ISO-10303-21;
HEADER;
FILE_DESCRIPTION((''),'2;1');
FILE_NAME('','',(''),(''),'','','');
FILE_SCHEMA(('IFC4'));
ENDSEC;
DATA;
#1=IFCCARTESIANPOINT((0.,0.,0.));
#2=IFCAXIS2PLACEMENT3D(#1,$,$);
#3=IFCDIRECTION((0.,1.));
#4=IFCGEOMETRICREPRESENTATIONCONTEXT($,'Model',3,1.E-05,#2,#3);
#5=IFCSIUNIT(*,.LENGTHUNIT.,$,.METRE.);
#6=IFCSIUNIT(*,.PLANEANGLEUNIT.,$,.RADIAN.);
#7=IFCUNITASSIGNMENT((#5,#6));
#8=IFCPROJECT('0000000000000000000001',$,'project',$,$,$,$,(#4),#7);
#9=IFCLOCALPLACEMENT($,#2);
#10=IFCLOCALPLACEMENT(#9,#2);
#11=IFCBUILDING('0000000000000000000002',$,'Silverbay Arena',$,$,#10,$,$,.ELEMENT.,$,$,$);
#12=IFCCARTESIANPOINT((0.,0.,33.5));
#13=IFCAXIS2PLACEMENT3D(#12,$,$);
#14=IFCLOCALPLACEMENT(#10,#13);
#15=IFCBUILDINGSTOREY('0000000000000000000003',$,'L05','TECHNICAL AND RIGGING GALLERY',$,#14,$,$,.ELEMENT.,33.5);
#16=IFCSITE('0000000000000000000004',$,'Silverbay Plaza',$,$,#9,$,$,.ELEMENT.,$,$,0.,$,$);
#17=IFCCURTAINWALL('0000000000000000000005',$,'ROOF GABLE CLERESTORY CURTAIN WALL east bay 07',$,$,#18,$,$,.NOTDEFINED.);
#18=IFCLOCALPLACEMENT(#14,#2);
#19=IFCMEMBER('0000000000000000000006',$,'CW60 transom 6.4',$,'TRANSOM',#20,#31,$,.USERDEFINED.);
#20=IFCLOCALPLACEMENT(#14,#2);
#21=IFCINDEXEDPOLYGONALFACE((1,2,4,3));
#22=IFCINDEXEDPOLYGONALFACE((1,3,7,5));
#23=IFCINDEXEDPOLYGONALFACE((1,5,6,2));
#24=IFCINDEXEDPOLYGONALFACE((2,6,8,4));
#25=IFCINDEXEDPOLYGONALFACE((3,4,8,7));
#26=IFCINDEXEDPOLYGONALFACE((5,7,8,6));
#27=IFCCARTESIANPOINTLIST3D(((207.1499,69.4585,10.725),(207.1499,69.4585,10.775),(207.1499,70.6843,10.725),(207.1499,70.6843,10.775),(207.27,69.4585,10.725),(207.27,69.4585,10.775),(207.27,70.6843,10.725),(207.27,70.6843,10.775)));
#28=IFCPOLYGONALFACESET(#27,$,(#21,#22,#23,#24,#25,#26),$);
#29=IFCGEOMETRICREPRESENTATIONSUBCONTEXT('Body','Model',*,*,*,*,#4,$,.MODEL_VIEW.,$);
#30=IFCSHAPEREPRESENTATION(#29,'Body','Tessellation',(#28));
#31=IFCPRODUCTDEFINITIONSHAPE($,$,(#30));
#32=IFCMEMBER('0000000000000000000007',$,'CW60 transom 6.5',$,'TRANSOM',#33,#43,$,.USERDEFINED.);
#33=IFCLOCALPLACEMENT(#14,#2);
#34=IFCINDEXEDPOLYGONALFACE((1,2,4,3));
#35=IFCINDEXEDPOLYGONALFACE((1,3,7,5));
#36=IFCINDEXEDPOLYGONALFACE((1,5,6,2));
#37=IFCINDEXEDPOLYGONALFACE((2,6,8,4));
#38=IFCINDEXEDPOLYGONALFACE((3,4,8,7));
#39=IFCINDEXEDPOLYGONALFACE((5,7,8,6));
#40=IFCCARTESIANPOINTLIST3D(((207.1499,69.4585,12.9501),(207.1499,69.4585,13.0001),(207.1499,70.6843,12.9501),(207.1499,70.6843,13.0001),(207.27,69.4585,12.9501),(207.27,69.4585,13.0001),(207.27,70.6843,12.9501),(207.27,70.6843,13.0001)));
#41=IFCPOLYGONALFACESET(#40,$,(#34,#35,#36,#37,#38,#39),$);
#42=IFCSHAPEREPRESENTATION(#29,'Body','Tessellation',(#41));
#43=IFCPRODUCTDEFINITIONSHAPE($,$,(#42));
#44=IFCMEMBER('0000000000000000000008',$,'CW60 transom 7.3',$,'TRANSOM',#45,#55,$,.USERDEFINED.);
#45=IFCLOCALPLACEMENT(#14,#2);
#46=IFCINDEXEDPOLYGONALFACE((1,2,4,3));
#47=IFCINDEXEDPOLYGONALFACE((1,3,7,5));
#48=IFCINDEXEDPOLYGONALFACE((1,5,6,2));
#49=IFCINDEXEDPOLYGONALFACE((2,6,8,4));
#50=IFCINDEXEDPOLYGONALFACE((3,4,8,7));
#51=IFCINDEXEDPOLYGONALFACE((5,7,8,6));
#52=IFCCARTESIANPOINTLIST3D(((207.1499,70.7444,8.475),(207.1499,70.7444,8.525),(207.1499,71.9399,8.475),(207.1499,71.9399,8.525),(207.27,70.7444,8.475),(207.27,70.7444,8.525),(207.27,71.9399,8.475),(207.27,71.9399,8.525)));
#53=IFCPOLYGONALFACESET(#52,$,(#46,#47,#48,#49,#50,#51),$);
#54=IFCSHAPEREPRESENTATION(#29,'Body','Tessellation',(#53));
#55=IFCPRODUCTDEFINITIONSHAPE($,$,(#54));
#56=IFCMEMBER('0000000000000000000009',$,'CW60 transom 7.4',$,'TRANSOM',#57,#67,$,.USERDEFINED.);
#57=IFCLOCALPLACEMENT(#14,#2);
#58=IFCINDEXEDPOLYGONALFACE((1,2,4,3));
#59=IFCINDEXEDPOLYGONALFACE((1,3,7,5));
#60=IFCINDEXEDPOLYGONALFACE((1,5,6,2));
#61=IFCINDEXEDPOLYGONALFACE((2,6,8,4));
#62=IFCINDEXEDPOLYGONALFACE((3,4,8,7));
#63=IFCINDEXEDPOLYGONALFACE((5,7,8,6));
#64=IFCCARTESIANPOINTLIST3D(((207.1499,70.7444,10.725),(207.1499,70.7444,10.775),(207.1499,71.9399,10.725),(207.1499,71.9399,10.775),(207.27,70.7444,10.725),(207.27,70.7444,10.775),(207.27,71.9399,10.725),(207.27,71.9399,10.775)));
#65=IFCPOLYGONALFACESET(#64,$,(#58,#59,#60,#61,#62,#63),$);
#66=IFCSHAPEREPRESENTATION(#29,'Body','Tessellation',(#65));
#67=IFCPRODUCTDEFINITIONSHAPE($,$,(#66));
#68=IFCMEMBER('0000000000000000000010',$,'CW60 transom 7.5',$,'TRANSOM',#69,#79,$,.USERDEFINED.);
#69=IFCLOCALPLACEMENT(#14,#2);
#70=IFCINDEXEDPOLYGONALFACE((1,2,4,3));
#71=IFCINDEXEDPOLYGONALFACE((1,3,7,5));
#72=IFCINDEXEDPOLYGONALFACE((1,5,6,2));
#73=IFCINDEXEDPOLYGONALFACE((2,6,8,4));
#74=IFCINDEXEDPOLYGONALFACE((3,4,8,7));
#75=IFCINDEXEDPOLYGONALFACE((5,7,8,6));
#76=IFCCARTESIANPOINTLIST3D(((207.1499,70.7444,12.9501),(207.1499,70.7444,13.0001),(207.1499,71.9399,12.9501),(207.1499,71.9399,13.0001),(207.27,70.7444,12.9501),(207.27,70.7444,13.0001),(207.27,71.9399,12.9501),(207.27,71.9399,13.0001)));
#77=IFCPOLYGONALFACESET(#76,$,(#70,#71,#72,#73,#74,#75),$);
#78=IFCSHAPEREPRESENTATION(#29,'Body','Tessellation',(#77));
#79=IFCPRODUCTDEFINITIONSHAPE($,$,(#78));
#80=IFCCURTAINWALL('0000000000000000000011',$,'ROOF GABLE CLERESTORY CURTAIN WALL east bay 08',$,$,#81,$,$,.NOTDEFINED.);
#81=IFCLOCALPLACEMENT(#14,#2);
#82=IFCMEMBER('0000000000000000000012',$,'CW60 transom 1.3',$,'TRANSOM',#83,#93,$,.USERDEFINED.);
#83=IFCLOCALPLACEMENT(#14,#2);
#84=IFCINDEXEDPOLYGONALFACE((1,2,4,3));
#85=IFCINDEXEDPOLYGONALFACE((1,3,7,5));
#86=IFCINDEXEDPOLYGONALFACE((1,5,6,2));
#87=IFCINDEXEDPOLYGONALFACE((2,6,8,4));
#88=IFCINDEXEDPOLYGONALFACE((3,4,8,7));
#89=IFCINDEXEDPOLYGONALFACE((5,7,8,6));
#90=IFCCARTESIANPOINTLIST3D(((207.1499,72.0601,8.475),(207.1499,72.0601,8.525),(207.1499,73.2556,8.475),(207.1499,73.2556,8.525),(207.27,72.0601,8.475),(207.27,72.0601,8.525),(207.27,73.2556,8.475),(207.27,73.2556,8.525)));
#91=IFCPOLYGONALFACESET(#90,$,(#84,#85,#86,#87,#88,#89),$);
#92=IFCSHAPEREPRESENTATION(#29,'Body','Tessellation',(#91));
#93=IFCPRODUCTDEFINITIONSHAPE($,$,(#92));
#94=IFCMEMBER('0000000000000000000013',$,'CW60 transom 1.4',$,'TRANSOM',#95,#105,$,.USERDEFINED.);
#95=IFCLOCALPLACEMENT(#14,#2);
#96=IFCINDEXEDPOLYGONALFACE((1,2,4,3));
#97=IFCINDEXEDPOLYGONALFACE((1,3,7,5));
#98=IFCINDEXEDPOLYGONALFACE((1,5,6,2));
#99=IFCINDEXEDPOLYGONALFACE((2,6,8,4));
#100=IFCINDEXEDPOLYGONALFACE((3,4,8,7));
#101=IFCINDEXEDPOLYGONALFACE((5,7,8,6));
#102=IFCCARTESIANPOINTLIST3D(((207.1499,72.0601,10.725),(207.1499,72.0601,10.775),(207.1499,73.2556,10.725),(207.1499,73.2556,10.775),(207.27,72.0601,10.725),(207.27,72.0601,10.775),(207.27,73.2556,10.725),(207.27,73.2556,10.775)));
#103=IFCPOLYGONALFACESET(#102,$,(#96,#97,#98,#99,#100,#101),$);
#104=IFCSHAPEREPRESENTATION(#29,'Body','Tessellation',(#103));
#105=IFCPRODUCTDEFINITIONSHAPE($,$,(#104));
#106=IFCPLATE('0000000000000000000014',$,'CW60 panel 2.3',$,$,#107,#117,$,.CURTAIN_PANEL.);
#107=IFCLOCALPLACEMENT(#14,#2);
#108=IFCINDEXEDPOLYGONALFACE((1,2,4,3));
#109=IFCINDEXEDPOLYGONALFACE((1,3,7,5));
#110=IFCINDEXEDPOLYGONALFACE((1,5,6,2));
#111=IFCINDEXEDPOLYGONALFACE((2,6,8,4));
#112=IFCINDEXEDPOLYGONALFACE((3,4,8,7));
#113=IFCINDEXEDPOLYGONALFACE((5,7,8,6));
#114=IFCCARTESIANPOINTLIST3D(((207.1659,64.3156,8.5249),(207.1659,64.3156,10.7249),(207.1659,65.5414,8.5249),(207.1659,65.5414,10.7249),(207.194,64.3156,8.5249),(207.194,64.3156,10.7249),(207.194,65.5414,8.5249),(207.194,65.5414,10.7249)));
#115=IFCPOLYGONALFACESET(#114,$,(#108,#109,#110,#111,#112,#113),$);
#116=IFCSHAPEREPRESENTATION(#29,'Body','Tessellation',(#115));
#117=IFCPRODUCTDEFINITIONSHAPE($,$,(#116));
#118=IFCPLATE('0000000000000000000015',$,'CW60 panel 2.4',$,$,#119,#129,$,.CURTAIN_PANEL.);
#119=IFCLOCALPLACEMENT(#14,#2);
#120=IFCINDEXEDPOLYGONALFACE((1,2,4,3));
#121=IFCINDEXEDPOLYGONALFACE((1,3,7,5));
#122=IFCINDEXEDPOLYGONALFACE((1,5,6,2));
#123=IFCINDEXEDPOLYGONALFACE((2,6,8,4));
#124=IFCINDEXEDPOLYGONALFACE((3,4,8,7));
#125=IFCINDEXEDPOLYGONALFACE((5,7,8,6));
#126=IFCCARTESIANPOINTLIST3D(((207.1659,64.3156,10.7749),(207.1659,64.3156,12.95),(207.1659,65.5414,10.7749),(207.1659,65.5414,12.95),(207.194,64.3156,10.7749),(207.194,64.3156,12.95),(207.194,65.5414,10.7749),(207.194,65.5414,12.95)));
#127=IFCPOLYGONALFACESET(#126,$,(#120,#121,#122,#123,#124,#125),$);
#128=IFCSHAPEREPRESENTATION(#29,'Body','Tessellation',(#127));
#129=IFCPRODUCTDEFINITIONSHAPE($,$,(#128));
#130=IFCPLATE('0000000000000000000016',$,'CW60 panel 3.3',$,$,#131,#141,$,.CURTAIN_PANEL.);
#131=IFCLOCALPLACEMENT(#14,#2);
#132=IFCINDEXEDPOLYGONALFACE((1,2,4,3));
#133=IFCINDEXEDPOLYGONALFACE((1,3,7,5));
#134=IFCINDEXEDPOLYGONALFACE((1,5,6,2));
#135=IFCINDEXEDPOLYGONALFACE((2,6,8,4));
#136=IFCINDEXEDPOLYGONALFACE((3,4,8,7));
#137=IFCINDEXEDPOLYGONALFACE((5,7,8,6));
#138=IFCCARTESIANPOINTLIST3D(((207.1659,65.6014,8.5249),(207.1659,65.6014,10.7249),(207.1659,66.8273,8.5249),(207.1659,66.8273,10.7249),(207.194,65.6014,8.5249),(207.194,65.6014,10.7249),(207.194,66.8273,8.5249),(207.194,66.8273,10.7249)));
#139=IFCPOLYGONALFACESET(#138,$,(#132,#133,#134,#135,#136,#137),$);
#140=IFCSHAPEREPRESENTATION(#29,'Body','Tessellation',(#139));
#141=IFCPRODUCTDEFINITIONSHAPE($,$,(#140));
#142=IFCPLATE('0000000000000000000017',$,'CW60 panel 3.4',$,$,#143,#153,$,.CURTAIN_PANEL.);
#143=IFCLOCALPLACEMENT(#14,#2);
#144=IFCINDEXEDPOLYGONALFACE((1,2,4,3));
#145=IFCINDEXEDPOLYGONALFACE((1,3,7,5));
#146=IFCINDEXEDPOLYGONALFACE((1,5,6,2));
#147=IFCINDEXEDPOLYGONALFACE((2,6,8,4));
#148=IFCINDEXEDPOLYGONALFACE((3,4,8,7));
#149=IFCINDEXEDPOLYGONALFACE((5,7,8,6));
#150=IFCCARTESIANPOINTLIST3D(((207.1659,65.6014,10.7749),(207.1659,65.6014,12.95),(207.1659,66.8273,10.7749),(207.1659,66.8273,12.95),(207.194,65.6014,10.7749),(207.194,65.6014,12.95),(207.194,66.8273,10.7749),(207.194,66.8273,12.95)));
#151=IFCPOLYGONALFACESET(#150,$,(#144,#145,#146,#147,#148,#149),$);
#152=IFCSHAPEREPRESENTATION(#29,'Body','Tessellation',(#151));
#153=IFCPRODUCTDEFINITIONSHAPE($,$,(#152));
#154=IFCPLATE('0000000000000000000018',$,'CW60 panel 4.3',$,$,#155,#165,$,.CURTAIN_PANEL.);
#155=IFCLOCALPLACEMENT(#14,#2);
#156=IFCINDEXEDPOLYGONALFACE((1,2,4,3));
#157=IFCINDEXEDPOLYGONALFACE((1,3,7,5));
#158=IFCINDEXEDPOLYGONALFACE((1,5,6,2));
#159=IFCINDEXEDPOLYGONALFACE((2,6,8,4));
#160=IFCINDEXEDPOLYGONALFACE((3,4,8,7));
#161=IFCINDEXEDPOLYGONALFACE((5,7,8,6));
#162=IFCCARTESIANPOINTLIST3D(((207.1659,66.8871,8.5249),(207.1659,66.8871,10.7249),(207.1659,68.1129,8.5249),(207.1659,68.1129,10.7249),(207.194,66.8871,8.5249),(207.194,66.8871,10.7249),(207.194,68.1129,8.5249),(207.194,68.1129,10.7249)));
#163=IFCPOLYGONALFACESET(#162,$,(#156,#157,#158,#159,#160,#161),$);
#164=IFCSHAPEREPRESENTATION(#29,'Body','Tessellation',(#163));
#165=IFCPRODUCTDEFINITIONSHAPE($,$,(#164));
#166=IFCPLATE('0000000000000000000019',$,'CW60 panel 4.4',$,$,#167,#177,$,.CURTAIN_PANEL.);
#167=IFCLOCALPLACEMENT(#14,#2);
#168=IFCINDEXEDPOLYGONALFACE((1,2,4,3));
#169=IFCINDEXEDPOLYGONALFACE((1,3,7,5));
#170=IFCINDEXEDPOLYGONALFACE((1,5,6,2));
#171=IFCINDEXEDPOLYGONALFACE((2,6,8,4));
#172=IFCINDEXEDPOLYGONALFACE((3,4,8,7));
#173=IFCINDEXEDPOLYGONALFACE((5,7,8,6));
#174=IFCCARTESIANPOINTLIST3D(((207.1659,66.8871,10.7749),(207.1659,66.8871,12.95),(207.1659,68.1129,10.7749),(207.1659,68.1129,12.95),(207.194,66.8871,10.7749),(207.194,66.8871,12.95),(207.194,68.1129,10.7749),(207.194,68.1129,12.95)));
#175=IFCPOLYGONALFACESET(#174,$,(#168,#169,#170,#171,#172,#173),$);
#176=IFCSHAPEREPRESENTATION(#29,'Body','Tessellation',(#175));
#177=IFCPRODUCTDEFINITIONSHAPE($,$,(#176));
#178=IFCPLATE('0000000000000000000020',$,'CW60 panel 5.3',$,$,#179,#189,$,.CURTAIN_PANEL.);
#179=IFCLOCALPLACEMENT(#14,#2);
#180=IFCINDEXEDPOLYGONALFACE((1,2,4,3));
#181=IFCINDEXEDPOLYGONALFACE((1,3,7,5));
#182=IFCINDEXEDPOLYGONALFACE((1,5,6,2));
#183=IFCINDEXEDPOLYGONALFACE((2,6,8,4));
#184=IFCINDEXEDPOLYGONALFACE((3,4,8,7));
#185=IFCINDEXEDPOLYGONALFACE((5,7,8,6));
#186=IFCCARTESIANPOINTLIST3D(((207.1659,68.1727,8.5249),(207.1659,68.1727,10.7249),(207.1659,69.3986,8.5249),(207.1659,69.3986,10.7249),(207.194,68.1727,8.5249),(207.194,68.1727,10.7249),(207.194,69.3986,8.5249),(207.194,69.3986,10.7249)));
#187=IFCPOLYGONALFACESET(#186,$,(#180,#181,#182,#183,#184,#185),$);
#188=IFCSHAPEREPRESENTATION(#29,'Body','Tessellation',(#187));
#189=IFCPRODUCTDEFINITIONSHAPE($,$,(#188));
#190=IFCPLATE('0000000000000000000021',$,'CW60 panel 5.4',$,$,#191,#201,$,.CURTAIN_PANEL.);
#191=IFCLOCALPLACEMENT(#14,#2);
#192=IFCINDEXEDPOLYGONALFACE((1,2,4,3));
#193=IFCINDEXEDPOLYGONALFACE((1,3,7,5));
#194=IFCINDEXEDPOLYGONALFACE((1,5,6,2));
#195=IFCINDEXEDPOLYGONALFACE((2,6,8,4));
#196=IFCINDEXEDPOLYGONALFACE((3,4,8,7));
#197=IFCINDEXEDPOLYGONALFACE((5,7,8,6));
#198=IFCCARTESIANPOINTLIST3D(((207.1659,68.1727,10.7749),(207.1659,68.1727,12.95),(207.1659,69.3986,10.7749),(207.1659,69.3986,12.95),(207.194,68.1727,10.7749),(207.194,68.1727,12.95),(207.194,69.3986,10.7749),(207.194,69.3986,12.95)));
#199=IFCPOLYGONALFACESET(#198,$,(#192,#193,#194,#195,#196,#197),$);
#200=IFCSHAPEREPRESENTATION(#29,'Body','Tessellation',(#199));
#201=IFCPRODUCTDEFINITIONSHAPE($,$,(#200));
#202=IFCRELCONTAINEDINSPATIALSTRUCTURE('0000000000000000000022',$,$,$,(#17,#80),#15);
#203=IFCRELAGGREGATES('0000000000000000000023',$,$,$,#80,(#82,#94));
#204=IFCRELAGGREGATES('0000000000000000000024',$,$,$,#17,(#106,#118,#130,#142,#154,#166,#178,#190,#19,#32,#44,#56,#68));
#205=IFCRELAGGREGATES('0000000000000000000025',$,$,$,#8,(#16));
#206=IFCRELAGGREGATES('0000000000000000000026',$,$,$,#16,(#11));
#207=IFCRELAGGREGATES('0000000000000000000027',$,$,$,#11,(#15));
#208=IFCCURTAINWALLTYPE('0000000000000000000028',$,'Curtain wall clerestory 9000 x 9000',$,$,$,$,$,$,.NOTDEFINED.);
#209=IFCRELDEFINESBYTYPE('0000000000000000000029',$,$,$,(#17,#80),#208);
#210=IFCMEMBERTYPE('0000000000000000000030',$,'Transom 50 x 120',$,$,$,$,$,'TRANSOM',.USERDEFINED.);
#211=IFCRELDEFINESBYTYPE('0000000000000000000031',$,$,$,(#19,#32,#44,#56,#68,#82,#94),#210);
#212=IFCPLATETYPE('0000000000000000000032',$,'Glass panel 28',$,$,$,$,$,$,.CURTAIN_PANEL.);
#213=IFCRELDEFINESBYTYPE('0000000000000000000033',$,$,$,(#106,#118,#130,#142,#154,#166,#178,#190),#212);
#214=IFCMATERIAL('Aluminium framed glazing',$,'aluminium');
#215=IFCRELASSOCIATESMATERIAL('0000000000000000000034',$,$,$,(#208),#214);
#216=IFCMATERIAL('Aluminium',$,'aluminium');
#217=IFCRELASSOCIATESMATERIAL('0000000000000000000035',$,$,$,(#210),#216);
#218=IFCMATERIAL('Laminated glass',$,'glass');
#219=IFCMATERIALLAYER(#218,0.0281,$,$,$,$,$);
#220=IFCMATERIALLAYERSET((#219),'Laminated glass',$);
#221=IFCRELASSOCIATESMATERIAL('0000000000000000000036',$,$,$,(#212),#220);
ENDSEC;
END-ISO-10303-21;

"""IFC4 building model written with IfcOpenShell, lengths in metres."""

from ifc_helpers import new_model, si_unit, direction, frame, origin, origin_2d, place, context, subcontext, project, spatial, rectangle, extrude, material, layer, layer_set, material_profile, profile_set, type_object, element, aggregate, save


model = new_model("IFC4")

# Units and contexts
model_context = context("Model", 3, precision=1e-05, world=origin(), true_north=direction((0.0, 1.0)))
body_context = subcontext(model_context, "Body", "Model", "MODEL_VIEW")
ifc_project = project(units=[si_unit("LENGTHUNIT", "METRE"), si_unit("PLANEANGLEUNIT", "RADIAN")], contexts=[model_context])

# Site, building, storey
site_placement = place(None, origin())
site = spatial("IfcSite", under=ifc_project, at=site_placement, Name="Silverbay Plaza", CompositionType="ELEMENT", RefElevation=0.0)
building_placement = place(site_placement, origin())
building = spatial("IfcBuilding", under=site, at=building_placement, Name="Silverbay Arena", CompositionType="ELEMENT")
storey_placement = place(building_placement, frame((0.0, 0.0, 33.5)))
storey = spatial("IfcBuildingStorey", under=building, at=storey_placement, Name="L05", Description="TECHNICAL AND RIGGING GALLERY", CompositionType="ELEMENT", Elevation=33.5)

# Curtain walls, members
ifc_material_1 = material(Name="Aluminium framed glazing", Category="aluminium")
curtain_wall_type = type_object("IfcCurtainWallType", Name="Curtain wall clerestory 9000 x 9000", PredefinedType="NOTDEFINED", material=ifc_material_1)
curtain_wall_1_placement = place(storey_placement, origin())
curtain_wall_1 = element("IfcCurtainWall", 1, at=curtain_wall_1_placement, inside=storey, type_object=curtain_wall_type, Name="ROOF GABLE CLERESTORY CURTAIN WALL east bay 07", PredefinedType="NOTDEFINED")
ifc_material_2 = material(Name="Aluminium", Category="aluminium")
ifc_material_profile_1 = material_profile(ifc_material_2, rectangle(XDim=0.1201, YDim=0.05, at=origin_2d()), Name="Transom 50 x 120")
ifc_profile_set_1 = profile_set([ifc_material_profile_1], Name="Aluminium")
member_type_1 = type_object("IfcMemberType", Name="Transom 50 x 120", ElementType="TRANSOM", PredefinedType="USERDEFINED", material=ifc_profile_set_1)
member_1_placement = place(storey_placement, frame((207.21, 69.4585, 10.75), z_axis=(0.0, 1.0, 0.0), x_axis=(-1.0, 0.0, 0.0)))
member_1 = element("IfcMember", 2, at=member_1_placement, type_object=member_type_1, Name="CW60 transom 6.4", ObjectType="TRANSOM", PredefinedType="USERDEFINED", context=body_context, shape_type="SweptSolid", body=[
    extrude(rectangle(XDim=0.1201, YDim=0.05, at=origin_2d()), origin(), (0.0, 0.0, 1.0), 1.2258),
])
member_2_placement = place(storey_placement, frame((207.21, 69.4585, 12.9751), z_axis=(0.0, 1.0, 0.0), x_axis=(-1.0, 0.0, 0.0)))
member_2 = element("IfcMember", 3, at=member_2_placement, type_object=member_type_1, Name="CW60 transom 6.5", ObjectType="TRANSOM", PredefinedType="USERDEFINED", context=body_context, shape_type="SweptSolid", body=[
    extrude(rectangle(XDim=0.1201, YDim=0.05, at=origin_2d()), origin(), (0.0, 0.0, 1.0), 1.2258),
])
member_3_placement = place(storey_placement, frame((207.21, 70.7444, 8.5), z_axis=(0.0, 1.0, 0.0), x_axis=(-1.0, 0.0, 0.0)))
member_3 = element("IfcMember", 4, at=member_3_placement, type_object=member_type_1, Name="CW60 transom 7.3", ObjectType="TRANSOM", PredefinedType="USERDEFINED", context=body_context, shape_type="SweptSolid", body=[
    extrude(rectangle(XDim=0.1201, YDim=0.05, at=origin_2d()), origin(), (0.0, 0.0, 1.0), 1.1956),
])
member_4_placement = place(storey_placement, frame((207.21, 70.7444, 10.75), z_axis=(0.0, 1.0, 0.0), x_axis=(-1.0, 0.0, 0.0)))
member_4 = element("IfcMember", 5, at=member_4_placement, type_object=member_type_1, Name="CW60 transom 7.4", ObjectType="TRANSOM", PredefinedType="USERDEFINED", context=body_context, shape_type="SweptSolid", body=[
    extrude(rectangle(XDim=0.1201, YDim=0.05, at=origin_2d()), origin(), (0.0, 0.0, 1.0), 1.1956),
])
member_5_placement = place(storey_placement, frame((207.21, 70.7444, 12.9751), z_axis=(0.0, 1.0, 0.0), x_axis=(-1.0, 0.0, 0.0)))
member_5 = element("IfcMember", 6, at=member_5_placement, type_object=member_type_1, Name="CW60 transom 7.5", ObjectType="TRANSOM", PredefinedType="USERDEFINED", context=body_context, shape_type="SweptSolid", body=[
    extrude(rectangle(XDim=0.1201, YDim=0.05, at=origin_2d()), origin(), (0.0, 0.0, 1.0), 1.1956),
])
curtain_wall_2_placement = place(storey_placement, origin())
curtain_wall_2 = element("IfcCurtainWall", 7, at=curtain_wall_2_placement, inside=storey, type_object=curtain_wall_type, Name="ROOF GABLE CLERESTORY CURTAIN WALL east bay 08", PredefinedType="NOTDEFINED")
member_6_placement = place(storey_placement, frame((207.21, 72.0601, 8.5), z_axis=(0.0, 1.0, 0.0), x_axis=(-1.0, 0.0, 0.0)))
member_6 = element("IfcMember", 8, at=member_6_placement, type_object=member_type_1, Name="CW60 transom 1.3", ObjectType="TRANSOM", PredefinedType="USERDEFINED", context=body_context, shape_type="SweptSolid", body=[
    extrude(rectangle(XDim=0.1201, YDim=0.05, at=origin_2d()), origin(), (0.0, 0.0, 1.0), 1.1956),
])
member_7_placement = place(storey_placement, frame((207.21, 72.0601, 10.75), z_axis=(0.0, 1.0, 0.0), x_axis=(-1.0, 0.0, 0.0)))
member_7 = element("IfcMember", 9, at=member_7_placement, type_object=member_type_1, Name="CW60 transom 1.4", ObjectType="TRANSOM", PredefinedType="USERDEFINED", context=body_context, shape_type="SweptSolid", body=[
    extrude(rectangle(XDim=0.1201, YDim=0.05, at=origin_2d()), origin(), (0.0, 0.0, 1.0), 1.1956),
])
aggregate(curtain_wall_2, [member_6, member_7])

# Plates
ifc_material_3 = material(Name="Laminated glass", Category="glass")
ifc_layer = layer(ifc_material_3, 0.0281)
ifc_layer_set = layer_set([ifc_layer], Name="Laminated glass")
plate_type = type_object("IfcPlateType", Name="Glass panel 28", PredefinedType="CURTAIN_PANEL", material=ifc_layer_set)
plate_1_placement = place(storey_placement, frame((207.1799, 64.9285, 8.5249), z_axis=(0.0, 0.0, 1.0), x_axis=(0.0, 1.0, 0.0)))
plate_1 = element("IfcPlate", 10, at=plate_1_placement, type_object=plate_type, Name="CW60 panel 2.3", PredefinedType="CURTAIN_PANEL", context=body_context, shape_type="SweptSolid", body=[
    extrude(rectangle(XDim=1.2258, YDim=0.0281, at=origin_2d()), origin(), (0.0, 0.0, 1.0), 2.2),
])
plate_2_placement = place(storey_placement, frame((207.1799, 64.9285, 10.7749), z_axis=(0.0, 0.0, 1.0), x_axis=(0.0, 1.0, 0.0)))
plate_2 = element("IfcPlate", 11, at=plate_2_placement, type_object=plate_type, Name="CW60 panel 2.4", PredefinedType="CURTAIN_PANEL", context=body_context, shape_type="SweptSolid", body=[
    extrude(rectangle(XDim=1.2258, YDim=0.0281, at=origin_2d()), origin(), (0.0, 0.0, 1.0), 2.175),
])
plate_3_placement = place(storey_placement, frame((207.1799, 66.2144, 8.5249), z_axis=(0.0, 0.0, 1.0), x_axis=(0.0, 1.0, 0.0)))
plate_3 = element("IfcPlate", 12, at=plate_3_placement, type_object=plate_type, Name="CW60 panel 3.3", PredefinedType="CURTAIN_PANEL", context=body_context, shape_type="SweptSolid", body=[
    extrude(rectangle(XDim=1.2258, YDim=0.0281, at=origin_2d()), origin(), (0.0, 0.0, 1.0), 2.2),
])
plate_4_placement = place(storey_placement, frame((207.1799, 66.2144, 10.7749), z_axis=(0.0, 0.0, 1.0), x_axis=(0.0, 1.0, 0.0)))
plate_4 = element("IfcPlate", 13, at=plate_4_placement, type_object=plate_type, Name="CW60 panel 3.4", PredefinedType="CURTAIN_PANEL", context=body_context, shape_type="SweptSolid", body=[
    extrude(rectangle(XDim=1.2258, YDim=0.0281, at=origin_2d()), origin(), (0.0, 0.0, 1.0), 2.175),
])
plate_5_placement = place(storey_placement, frame((207.1799, 67.5, 8.5249), z_axis=(0.0, 0.0, 1.0), x_axis=(0.0, 1.0, 0.0)))
plate_5 = element("IfcPlate", 14, at=plate_5_placement, type_object=plate_type, Name="CW60 panel 4.3", PredefinedType="CURTAIN_PANEL", context=body_context, shape_type="SweptSolid", body=[
    extrude(rectangle(XDim=1.2258, YDim=0.0281, at=origin_2d()), origin(), (0.0, 0.0, 1.0), 2.2),
])
plate_6_placement = place(storey_placement, frame((207.1799, 67.5, 10.7749), z_axis=(0.0, 0.0, 1.0), x_axis=(0.0, 1.0, 0.0)))
plate_6 = element("IfcPlate", 15, at=plate_6_placement, type_object=plate_type, Name="CW60 panel 4.4", PredefinedType="CURTAIN_PANEL", context=body_context, shape_type="SweptSolid", body=[
    extrude(rectangle(XDim=1.2258, YDim=0.0281, at=origin_2d()), origin(), (0.0, 0.0, 1.0), 2.175),
])
plate_7_placement = place(storey_placement, frame((207.1799, 68.7856, 8.5249), z_axis=(0.0, 0.0, 1.0), x_axis=(0.0, 1.0, 0.0)))
plate_7 = element("IfcPlate", 16, at=plate_7_placement, type_object=plate_type, Name="CW60 panel 5.3", PredefinedType="CURTAIN_PANEL", context=body_context, shape_type="SweptSolid", body=[
    extrude(rectangle(XDim=1.2258, YDim=0.0281, at=origin_2d()), origin(), (0.0, 0.0, 1.0), 2.2),
])
plate_8_placement = place(storey_placement, frame((207.1799, 68.7856, 10.7749), z_axis=(0.0, 0.0, 1.0), x_axis=(0.0, 1.0, 0.0)))
plate_8 = element("IfcPlate", 17, at=plate_8_placement, type_object=plate_type, Name="CW60 panel 5.4", PredefinedType="CURTAIN_PANEL", context=body_context, shape_type="SweptSolid", body=[
    extrude(rectangle(XDim=1.2258, YDim=0.0281, at=origin_2d()), origin(), (0.0, 0.0, 1.0), 2.175),
])
aggregate(curtain_wall_1, [plate_1, plate_2, plate_3, plate_4, plate_5, plate_6, plate_7, plate_8, member_1, member_2, member_3, member_4, member_5])

save(model, "model.ifc")
